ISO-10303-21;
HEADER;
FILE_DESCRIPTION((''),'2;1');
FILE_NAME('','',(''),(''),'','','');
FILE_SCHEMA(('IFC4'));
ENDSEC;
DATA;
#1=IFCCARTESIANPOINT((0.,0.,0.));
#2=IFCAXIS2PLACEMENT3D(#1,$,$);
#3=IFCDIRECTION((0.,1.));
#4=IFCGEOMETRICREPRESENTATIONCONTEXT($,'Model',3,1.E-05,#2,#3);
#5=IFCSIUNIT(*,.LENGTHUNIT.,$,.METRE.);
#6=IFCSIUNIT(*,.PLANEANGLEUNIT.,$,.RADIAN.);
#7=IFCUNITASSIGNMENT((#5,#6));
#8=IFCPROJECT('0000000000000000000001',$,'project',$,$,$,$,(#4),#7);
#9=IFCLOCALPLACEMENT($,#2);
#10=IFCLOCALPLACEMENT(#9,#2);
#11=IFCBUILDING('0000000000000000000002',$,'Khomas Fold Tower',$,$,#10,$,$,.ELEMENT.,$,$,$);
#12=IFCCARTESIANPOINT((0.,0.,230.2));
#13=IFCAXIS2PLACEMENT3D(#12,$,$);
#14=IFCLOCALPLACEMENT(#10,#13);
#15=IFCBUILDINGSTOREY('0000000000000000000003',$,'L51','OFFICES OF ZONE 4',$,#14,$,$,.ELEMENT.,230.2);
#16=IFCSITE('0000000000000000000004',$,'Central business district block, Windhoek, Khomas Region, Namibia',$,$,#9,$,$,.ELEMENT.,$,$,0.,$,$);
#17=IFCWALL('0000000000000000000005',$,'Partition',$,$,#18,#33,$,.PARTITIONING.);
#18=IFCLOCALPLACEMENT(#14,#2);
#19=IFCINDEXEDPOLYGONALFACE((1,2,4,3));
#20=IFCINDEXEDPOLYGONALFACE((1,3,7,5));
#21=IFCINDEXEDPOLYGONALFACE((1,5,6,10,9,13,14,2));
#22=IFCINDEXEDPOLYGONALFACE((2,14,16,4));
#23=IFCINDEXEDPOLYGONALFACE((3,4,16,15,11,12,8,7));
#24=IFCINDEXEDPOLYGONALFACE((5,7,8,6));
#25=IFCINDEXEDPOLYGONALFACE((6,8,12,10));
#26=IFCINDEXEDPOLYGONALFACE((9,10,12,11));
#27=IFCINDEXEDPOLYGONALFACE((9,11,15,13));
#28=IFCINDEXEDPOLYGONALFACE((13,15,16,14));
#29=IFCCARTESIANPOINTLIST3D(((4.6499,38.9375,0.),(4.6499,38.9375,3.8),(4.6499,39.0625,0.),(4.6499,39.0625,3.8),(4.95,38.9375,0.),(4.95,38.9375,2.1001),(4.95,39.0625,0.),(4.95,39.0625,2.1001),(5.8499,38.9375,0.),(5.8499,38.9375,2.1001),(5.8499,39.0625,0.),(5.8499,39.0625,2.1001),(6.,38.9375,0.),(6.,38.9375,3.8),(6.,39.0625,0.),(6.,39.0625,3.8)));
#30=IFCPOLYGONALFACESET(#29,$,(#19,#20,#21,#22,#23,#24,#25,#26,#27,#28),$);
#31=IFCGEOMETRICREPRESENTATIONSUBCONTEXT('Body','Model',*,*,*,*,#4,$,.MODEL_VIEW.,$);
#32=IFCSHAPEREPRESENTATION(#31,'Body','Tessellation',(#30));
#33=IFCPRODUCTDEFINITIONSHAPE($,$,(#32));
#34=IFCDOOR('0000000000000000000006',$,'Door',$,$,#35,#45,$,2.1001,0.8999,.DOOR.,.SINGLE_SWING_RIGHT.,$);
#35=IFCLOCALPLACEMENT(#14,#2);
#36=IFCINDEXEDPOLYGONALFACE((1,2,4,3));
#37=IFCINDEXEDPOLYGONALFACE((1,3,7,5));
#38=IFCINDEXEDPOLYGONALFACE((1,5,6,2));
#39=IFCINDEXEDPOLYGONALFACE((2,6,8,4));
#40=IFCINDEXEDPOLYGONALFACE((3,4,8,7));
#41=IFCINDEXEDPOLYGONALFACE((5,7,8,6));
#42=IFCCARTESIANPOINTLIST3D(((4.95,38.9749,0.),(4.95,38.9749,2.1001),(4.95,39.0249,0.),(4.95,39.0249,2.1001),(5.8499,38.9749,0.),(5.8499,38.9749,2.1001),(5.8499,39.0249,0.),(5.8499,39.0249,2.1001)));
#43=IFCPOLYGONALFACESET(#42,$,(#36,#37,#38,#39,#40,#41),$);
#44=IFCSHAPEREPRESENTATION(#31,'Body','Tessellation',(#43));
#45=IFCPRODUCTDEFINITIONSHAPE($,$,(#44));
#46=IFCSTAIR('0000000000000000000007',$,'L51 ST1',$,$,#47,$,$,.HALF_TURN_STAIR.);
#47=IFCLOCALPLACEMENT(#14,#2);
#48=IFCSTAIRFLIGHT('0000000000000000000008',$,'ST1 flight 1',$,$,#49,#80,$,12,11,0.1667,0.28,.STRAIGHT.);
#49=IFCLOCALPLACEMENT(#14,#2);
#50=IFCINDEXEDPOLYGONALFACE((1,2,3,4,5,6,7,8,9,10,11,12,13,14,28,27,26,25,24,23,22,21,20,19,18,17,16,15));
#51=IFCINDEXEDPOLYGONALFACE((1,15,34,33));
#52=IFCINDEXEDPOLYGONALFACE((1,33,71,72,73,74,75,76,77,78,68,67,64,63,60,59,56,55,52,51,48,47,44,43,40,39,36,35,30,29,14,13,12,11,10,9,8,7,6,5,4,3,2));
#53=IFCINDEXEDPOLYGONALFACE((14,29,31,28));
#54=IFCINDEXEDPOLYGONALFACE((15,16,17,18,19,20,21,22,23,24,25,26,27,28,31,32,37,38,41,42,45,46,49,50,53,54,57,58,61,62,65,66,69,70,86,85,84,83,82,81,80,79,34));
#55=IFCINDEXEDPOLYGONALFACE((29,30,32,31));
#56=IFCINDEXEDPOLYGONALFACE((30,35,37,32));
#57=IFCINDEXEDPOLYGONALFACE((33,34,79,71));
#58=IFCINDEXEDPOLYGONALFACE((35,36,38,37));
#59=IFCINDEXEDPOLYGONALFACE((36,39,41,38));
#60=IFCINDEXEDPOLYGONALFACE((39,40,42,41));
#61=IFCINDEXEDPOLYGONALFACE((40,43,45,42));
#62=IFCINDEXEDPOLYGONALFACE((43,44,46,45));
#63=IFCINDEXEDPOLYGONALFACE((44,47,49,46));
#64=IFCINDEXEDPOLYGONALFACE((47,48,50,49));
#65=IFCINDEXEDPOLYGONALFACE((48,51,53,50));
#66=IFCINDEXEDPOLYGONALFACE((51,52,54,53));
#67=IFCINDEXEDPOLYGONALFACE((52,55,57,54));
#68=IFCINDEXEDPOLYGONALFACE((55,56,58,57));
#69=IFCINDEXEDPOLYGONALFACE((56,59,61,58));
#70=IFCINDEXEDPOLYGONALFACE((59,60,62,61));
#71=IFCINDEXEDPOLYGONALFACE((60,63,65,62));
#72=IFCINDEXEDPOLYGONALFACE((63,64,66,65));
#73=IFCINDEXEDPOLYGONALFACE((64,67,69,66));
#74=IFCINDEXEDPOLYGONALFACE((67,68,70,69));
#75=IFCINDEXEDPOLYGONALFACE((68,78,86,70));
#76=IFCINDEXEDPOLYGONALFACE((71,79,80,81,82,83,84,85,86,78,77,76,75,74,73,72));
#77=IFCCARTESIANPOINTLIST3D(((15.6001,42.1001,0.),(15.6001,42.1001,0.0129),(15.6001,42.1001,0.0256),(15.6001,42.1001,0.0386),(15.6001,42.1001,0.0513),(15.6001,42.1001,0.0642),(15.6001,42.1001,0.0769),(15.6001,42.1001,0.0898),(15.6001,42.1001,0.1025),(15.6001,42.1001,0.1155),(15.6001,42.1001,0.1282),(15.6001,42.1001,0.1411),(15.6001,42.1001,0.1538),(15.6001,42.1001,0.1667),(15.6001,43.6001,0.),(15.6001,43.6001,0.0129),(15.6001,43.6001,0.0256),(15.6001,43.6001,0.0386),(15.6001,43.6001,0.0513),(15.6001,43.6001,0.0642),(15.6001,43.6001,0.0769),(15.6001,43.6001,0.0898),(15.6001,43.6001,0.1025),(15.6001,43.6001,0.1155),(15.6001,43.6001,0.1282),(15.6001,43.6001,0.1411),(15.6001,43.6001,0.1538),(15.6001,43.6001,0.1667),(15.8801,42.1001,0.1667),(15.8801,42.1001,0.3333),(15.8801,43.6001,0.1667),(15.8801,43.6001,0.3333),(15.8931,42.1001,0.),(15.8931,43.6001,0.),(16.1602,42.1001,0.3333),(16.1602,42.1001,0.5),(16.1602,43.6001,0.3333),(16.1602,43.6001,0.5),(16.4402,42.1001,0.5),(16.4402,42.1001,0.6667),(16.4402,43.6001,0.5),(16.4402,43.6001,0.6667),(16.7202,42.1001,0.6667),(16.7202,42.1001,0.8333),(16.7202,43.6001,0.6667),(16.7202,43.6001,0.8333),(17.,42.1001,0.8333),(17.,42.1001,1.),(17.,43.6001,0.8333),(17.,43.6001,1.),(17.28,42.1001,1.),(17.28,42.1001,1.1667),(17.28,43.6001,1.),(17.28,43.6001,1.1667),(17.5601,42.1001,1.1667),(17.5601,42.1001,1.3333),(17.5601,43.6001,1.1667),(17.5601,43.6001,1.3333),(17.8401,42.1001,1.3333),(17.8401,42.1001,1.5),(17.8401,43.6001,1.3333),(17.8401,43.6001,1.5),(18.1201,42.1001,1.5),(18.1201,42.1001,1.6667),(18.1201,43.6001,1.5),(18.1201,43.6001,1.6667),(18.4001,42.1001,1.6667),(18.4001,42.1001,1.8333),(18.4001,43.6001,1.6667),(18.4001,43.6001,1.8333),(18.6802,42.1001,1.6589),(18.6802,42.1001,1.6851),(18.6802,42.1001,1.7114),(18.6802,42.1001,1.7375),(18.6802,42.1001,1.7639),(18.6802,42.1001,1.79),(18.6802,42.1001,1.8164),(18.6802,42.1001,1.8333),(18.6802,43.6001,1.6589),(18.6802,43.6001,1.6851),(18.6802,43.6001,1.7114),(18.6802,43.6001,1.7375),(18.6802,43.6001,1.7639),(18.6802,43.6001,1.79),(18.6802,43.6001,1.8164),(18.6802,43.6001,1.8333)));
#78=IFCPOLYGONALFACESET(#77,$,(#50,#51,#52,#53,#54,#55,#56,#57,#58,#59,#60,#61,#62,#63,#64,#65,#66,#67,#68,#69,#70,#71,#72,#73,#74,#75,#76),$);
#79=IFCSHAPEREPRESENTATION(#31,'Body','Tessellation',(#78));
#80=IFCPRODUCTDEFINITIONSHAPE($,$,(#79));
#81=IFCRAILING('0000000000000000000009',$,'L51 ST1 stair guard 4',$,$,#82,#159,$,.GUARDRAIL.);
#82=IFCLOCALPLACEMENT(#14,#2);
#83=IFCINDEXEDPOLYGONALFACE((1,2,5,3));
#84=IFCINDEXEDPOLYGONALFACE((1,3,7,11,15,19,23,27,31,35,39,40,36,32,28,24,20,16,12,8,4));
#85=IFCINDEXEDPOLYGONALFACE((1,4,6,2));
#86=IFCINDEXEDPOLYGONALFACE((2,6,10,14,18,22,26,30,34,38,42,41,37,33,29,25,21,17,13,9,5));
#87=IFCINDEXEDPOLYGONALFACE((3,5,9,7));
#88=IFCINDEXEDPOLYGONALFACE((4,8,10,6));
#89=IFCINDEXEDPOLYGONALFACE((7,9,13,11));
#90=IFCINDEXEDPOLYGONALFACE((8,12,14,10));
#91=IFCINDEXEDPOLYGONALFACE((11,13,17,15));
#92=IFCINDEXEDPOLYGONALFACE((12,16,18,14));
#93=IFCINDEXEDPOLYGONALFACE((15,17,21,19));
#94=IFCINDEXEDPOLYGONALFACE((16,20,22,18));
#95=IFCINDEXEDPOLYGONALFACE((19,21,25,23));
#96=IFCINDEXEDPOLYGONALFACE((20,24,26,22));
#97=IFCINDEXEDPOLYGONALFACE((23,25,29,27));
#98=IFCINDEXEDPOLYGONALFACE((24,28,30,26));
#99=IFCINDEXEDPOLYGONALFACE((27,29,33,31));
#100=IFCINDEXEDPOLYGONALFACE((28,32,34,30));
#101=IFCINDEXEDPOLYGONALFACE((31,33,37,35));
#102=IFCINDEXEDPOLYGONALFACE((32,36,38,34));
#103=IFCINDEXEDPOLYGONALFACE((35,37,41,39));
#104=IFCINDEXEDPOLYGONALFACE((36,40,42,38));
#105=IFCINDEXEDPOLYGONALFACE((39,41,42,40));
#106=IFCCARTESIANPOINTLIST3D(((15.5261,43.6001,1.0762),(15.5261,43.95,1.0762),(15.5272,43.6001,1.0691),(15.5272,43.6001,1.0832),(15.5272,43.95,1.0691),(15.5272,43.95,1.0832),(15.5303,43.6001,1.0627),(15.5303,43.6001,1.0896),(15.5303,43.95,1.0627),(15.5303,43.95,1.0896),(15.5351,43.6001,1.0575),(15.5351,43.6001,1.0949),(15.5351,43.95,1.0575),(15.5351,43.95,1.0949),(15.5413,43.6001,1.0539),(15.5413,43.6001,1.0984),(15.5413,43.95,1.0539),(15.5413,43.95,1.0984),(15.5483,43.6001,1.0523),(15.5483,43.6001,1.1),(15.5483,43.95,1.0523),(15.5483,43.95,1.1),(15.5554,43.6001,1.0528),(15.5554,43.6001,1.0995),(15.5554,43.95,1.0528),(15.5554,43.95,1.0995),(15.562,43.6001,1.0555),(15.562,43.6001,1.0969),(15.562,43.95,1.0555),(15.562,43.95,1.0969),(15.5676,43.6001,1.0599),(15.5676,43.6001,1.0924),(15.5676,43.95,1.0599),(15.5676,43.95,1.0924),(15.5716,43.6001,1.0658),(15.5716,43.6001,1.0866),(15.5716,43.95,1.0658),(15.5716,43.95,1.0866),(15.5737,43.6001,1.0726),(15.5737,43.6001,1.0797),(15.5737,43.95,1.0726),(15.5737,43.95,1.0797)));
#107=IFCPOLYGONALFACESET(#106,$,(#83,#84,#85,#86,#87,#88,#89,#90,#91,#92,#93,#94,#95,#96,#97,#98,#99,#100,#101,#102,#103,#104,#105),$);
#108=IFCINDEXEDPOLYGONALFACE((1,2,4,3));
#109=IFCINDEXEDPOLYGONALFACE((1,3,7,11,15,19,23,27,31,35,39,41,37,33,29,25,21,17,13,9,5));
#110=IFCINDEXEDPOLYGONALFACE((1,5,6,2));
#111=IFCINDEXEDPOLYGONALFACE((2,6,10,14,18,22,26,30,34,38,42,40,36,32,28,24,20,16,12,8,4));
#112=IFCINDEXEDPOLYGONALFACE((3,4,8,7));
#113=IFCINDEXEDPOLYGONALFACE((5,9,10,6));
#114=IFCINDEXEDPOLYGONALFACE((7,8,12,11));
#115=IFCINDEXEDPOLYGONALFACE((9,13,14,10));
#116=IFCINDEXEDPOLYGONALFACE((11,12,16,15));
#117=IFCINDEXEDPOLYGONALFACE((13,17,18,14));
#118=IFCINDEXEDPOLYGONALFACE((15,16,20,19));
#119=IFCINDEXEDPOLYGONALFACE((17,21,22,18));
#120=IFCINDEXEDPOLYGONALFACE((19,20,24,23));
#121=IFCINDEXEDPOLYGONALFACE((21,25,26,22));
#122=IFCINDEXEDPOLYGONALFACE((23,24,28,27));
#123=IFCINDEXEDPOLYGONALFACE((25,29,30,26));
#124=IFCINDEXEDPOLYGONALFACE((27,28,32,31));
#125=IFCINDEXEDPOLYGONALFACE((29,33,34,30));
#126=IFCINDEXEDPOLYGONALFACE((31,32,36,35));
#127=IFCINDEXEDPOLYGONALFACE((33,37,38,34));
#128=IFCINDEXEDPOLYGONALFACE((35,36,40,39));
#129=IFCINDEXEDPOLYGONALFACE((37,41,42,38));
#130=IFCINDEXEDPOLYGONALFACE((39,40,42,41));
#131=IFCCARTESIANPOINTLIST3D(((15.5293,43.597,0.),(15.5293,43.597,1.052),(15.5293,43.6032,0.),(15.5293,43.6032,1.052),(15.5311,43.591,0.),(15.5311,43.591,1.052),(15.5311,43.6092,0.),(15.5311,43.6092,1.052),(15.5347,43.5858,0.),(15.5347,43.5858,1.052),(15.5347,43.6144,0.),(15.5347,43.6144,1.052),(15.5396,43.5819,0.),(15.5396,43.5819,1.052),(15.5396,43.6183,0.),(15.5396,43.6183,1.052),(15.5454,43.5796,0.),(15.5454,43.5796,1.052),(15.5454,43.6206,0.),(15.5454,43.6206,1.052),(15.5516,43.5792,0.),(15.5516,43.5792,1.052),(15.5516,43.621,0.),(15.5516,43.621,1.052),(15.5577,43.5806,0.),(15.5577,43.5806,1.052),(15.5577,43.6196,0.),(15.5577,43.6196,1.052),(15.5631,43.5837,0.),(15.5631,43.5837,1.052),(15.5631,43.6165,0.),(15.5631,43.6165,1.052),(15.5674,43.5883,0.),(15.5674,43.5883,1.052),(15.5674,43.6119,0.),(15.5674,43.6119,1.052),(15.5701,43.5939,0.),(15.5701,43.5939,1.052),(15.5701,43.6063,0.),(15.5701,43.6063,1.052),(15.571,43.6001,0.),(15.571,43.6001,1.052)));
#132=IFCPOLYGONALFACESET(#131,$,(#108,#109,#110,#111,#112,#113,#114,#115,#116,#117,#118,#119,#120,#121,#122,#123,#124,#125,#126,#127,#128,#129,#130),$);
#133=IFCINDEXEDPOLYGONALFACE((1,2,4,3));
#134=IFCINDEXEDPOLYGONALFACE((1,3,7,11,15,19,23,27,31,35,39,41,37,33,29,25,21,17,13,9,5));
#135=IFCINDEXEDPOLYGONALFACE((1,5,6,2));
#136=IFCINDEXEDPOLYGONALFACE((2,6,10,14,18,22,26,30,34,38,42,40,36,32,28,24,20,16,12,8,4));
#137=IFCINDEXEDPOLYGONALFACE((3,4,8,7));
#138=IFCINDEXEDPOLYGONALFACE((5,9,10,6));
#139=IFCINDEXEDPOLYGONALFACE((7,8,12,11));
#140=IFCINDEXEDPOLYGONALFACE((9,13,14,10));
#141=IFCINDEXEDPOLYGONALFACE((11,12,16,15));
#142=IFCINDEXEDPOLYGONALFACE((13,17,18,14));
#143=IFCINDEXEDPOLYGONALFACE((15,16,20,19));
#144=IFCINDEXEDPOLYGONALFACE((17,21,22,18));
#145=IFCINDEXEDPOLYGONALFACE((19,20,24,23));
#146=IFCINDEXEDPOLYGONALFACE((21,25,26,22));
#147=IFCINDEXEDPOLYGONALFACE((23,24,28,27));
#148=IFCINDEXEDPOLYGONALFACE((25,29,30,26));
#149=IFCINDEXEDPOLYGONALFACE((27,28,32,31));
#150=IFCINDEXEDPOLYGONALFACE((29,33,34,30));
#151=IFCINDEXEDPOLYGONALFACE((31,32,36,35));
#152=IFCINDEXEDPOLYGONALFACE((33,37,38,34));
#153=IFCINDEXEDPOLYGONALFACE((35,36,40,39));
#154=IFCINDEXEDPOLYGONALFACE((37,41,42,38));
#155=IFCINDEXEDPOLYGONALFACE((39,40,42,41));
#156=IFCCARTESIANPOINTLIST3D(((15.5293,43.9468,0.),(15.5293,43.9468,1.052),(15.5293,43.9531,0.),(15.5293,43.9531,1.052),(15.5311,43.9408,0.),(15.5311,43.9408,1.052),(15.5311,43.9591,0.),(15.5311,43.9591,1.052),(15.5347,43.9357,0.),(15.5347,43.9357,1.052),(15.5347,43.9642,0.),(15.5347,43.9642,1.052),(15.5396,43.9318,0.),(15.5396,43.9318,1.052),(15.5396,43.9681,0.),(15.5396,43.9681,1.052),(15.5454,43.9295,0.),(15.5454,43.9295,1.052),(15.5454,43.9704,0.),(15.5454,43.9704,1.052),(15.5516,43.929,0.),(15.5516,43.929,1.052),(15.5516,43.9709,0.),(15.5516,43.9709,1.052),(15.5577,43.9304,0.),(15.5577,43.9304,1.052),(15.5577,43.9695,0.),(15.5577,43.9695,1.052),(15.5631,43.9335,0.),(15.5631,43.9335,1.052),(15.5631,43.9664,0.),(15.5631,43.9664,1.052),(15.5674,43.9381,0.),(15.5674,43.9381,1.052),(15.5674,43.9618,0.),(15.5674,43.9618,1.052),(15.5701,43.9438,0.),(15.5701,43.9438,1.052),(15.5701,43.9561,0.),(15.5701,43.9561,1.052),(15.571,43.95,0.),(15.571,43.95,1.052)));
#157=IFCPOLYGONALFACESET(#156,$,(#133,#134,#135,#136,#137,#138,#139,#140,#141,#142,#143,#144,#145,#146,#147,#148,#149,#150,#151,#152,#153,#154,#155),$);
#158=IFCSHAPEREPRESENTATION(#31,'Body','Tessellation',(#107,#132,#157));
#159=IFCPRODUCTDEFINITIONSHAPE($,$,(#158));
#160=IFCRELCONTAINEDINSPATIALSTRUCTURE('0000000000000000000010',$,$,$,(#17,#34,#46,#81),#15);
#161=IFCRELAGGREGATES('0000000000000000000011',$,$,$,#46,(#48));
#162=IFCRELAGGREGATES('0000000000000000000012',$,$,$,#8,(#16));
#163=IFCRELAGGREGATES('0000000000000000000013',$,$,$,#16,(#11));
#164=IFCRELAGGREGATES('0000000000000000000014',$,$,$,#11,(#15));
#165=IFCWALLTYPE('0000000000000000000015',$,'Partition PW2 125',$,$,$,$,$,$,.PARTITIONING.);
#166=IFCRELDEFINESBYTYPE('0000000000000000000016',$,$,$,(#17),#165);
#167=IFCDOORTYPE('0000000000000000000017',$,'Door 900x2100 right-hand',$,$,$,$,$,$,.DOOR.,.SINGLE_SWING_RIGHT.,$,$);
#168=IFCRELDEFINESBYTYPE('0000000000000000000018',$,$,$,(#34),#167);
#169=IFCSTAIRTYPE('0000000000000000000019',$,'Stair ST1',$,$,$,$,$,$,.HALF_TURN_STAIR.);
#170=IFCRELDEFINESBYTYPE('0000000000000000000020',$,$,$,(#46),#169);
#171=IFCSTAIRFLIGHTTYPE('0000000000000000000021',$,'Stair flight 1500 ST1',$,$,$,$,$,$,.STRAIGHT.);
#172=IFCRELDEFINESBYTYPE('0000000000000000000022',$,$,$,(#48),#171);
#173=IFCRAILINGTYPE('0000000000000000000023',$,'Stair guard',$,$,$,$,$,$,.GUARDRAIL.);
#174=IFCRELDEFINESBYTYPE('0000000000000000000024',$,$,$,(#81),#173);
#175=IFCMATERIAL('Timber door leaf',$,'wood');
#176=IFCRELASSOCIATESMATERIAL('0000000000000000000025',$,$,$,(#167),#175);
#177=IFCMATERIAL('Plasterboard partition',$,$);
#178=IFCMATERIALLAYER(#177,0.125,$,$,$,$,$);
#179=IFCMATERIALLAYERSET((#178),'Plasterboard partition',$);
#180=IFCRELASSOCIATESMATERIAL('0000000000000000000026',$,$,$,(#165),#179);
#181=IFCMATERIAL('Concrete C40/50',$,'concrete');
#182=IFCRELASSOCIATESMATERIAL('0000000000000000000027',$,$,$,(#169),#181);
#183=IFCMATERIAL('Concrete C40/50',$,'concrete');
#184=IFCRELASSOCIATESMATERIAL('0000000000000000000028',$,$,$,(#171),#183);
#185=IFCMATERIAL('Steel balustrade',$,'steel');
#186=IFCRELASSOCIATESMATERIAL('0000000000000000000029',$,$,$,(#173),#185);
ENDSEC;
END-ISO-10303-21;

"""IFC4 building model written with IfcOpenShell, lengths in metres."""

from ifc_helpers import new_model, si_unit, direction, frame, frame_2d, origin, origin_2d, place, context, subcontext, project, spatial, polyline, rectangle, circle, outline, extrude, source, transform, mapped, material, layer, layer_set, type_object, element, fill, aggregate, save


model = new_model("IFC4")

# Units and contexts
model_context = context("Model", 3, precision=1e-05, world=origin(), true_north=direction((0.0, 1.0)))
body_context = subcontext(model_context, "Body", "Model", "MODEL_VIEW")
ifc_project = project(units=[si_unit("LENGTHUNIT", "METRE"), si_unit("PLANEANGLEUNIT", "RADIAN")], contexts=[model_context])

# Site, building, storey
site_placement = place(None, origin())
site = spatial("IfcSite", under=ifc_project, at=site_placement, Name="Central business district block, Windhoek, Khomas Region, Namibia", CompositionType="ELEMENT", RefElevation=0.0)
building_placement = place(site_placement, origin())
building = spatial("IfcBuilding", under=site, at=building_placement, Name="Khomas Fold Tower", CompositionType="ELEMENT")
storey_placement = place(building_placement, frame((0.0, 0.0, 230.2)))
storey = spatial("IfcBuildingStorey", under=building, at=storey_placement, Name="L51", Description="OFFICES OF ZONE 4", CompositionType="ELEMENT", Elevation=230.2)

# Shared definitions
ifc_material_1 = material(Name="Timber door leaf", Category="wood")
door_type = type_object("IfcDoorType", Name="Door 900x2100 right-hand", OperationType="SINGLE_SWING_RIGHT", PredefinedType="DOOR", material=ifc_material_1)

# Wall, opening, door
ifc_material_2 = material(Name="Plasterboard partition")
ifc_layer_1 = layer(ifc_material_2, 0.125)
ifc_layer_set_1 = layer_set([ifc_layer_1], Name="Plasterboard partition")
wall_type_1 = type_object("IfcWallType", Name="Partition PW2 125", PredefinedType="PARTITIONING", material=ifc_layer_set_1)
shared_shape_1 = source(origin(), body_context, "Body", "SweptSolid", [
    extrude(rectangle(XDim=1.3501, YDim=0.125, at=frame_2d((0.675, 0.0))), origin(), (0.0, 0.0, 1.0), 3.8),
])
wall_1_placement = place(storey_placement, frame((4.6499, 39.0, 0.0), z_axis=(0.0, 0.0, 1.0), x_axis=(1.0, 0.0, 0.0)))
wall_1 = element("IfcWall", 1, at=wall_1_placement, inside=storey, type_object=wall_type_1, Name="Partition", PredefinedType="PARTITIONING", context=body_context, shape_type="MappedRepresentation", body=[
    mapped(shared_shape_1, transform((0.0, 0.0, 0.0))),
])
shared_shape_2 = source(origin(), body_context, "Body", "SweptSolid", [
    extrude(rectangle(XDim=0.8999, YDim=2.1001, at=frame_2d((0.45, 1.05))), frame((0.0, 0.0725, 0.0), z_axis=(0.0, -1.0, 0.0), x_axis=(1.0, 0.0, 0.0)), (0.0, 0.0, 1.0), 0.145),
])
opening_1_placement = place(wall_1_placement, frame((0.3, 0.0, 0.0)))
opening_1 = element("IfcOpeningElement", 2, at=opening_1_placement, cuts=wall_1, PredefinedType="OPENING", context=body_context, shape_type="MappedRepresentation", body=[
    mapped(shared_shape_2, transform((0.0, 0.0, 0.0))),
])
shared_shape_3 = source(origin(), body_context, "Body", "SweptSolid", [
    extrude(rectangle(XDim=0.8999, YDim=2.1001, at=frame_2d((0.45, 1.05))), frame((0.0, 0.0249, 0.0), z_axis=(0.0, -1.0, 0.0), x_axis=(1.0, 0.0, 0.0)), (0.0, 0.0, 1.0), 0.05),
])
door_1_placement = place(opening_1_placement, origin())
door_1 = element("IfcDoor", 3, at=door_1_placement, inside=storey, type_object=door_type, Name="Door", OperationType="SINGLE_SWING_RIGHT", OverallHeight=2.1001, OverallWidth=0.8999, PredefinedType="DOOR", context=body_context, shape_type="MappedRepresentation", body=[
    mapped(shared_shape_3, transform((0.0, 0.0, 0.0))),
])
fill(opening_1, door_1)

# Stair, stair flight
ifc_material_3 = material(Name="Concrete C40/50", Category="concrete")
stair_type = type_object("IfcStairType", Name="Stair ST1", PredefinedType="HALF_TURN_STAIR", material=ifc_material_3)
stair_placement = place(storey_placement, origin())
stair = element("IfcStair", 4, at=stair_placement, inside=storey, type_object=stair_type, Name="L51 ST1", PredefinedType="HALF_TURN_STAIR")
ifc_material_4 = material(Name="Concrete C40/50", Category="concrete")
stair_flight_type = type_object("IfcStairFlightType", Name="Stair flight 1500 ST1", PredefinedType="STRAIGHT", material=ifc_material_4)
shared_shape_4 = source(origin(), body_context, "Body", "SweptSolid", [
    extrude(outline(polyline([(0.0, 0.0), (0.0, 0.0129), (0.0, 0.0256), (0.0, 0.0386), (0.0, 0.0513), (0.0, 0.0642), (0.0, 0.0769), (0.0, 0.0898), (0.0, 0.1025), (0.0, 0.1155), (0.0, 0.1282), (0.0, 0.1411), (0.0, 0.1538), (0.0, 0.1667), (0.28, 0.1667), (0.28, 0.3333), (0.5601, 0.3333), (0.5601, 0.5), (0.8401, 0.5), (0.8401, 0.6667), (1.1201, 0.6667), (1.1201, 0.8333), (1.3999, 0.8333), (1.3999, 1.0), (1.6799, 1.0), (1.6799, 1.1667), (1.96, 1.1667), (1.96, 1.3333), (2.24, 1.3333), (2.24, 1.5), (2.52, 1.5), (2.52, 1.6667), (2.8, 1.6667), (2.8, 1.8333), (3.0801, 1.8333), (3.0801, 2.0), (3.0801, 1.9739), (3.0801, 1.9475), (3.0801, 1.9214), (3.0801, 1.895), (3.0801, 1.8689), (3.0801, 1.8425), (3.0801, 1.8164), (3.0801, 1.79), (3.0801, 1.7639), (3.0801, 1.7375), (3.0801, 1.7114), (3.0801, 1.6851), (3.0801, 1.6589), (0.293, 0.0), (0.0, 0.0)])), frame((0.0, 0.75, 0.0), z_axis=(0.0, -1.0, 0.0), x_axis=(1.0, 0.0, 0.0)), (0.0, 0.0, 1.0), 1.5),
])
stair_flight_placement = place(storey_placement, frame((15.6001, 42.8501, 0.0), z_axis=(0.0, 0.0, 1.0), x_axis=(1.0, 0.0, 0.0)))
stair_flight = element("IfcStairFlight", 5, at=stair_flight_placement, type_object=stair_flight_type, Name="ST1 flight 1", NumberOfRisers=12, NumberOfTreads=11, PredefinedType="STRAIGHT", RiserHeight=0.1667, TreadLength=0.28, context=body_context, shape_type="MappedRepresentation", body=[
    mapped(shared_shape_4, transform((0.0, 0.0, 0.0))),
])
aggregate(stair, [stair_flight])

# Railing
ifc_material_5 = material(Name="Steel balustrade", Category="steel")
railing_type_1 = type_object("IfcRailingType", Name="Stair guard", PredefinedType="GUARDRAIL", material=ifc_material_5)
shared_shape_5 = source(origin(), body_context, "Body", "SweptSolid", [
    extrude(circle(Radius=0.0239, at=origin_2d()), frame((0.0, 0.0, 1.0762), z_axis=(0.0, 1.0, 0.0), x_axis=(-1.0, 0.0, 0.0)), (0.0, 0.0, 1.0), 0.3499),
    extrude(circle(Radius=0.021, at=origin_2d()), origin(), (0.0, 0.0, 1.0), 1.052),
    extrude(circle(Radius=0.021, at=origin_2d()), frame((0.0, 0.3499, 0.0)), (0.0, 0.0, 1.0), 1.052),
])
railing_1_placement = place(storey_placement, frame((15.55, 43.6001, 0.0)))
element("IfcRailing", 6, at=railing_1_placement, inside=storey, type_object=railing_type_1, Name="L51 ST1 stair guard 4", PredefinedType="GUARDRAIL", context=body_context, shape_type="MappedRepresentation", body=[
    mapped(shared_shape_5, transform((0.0, 0.0, 0.0))),
])

save(model, "model.ifc")
